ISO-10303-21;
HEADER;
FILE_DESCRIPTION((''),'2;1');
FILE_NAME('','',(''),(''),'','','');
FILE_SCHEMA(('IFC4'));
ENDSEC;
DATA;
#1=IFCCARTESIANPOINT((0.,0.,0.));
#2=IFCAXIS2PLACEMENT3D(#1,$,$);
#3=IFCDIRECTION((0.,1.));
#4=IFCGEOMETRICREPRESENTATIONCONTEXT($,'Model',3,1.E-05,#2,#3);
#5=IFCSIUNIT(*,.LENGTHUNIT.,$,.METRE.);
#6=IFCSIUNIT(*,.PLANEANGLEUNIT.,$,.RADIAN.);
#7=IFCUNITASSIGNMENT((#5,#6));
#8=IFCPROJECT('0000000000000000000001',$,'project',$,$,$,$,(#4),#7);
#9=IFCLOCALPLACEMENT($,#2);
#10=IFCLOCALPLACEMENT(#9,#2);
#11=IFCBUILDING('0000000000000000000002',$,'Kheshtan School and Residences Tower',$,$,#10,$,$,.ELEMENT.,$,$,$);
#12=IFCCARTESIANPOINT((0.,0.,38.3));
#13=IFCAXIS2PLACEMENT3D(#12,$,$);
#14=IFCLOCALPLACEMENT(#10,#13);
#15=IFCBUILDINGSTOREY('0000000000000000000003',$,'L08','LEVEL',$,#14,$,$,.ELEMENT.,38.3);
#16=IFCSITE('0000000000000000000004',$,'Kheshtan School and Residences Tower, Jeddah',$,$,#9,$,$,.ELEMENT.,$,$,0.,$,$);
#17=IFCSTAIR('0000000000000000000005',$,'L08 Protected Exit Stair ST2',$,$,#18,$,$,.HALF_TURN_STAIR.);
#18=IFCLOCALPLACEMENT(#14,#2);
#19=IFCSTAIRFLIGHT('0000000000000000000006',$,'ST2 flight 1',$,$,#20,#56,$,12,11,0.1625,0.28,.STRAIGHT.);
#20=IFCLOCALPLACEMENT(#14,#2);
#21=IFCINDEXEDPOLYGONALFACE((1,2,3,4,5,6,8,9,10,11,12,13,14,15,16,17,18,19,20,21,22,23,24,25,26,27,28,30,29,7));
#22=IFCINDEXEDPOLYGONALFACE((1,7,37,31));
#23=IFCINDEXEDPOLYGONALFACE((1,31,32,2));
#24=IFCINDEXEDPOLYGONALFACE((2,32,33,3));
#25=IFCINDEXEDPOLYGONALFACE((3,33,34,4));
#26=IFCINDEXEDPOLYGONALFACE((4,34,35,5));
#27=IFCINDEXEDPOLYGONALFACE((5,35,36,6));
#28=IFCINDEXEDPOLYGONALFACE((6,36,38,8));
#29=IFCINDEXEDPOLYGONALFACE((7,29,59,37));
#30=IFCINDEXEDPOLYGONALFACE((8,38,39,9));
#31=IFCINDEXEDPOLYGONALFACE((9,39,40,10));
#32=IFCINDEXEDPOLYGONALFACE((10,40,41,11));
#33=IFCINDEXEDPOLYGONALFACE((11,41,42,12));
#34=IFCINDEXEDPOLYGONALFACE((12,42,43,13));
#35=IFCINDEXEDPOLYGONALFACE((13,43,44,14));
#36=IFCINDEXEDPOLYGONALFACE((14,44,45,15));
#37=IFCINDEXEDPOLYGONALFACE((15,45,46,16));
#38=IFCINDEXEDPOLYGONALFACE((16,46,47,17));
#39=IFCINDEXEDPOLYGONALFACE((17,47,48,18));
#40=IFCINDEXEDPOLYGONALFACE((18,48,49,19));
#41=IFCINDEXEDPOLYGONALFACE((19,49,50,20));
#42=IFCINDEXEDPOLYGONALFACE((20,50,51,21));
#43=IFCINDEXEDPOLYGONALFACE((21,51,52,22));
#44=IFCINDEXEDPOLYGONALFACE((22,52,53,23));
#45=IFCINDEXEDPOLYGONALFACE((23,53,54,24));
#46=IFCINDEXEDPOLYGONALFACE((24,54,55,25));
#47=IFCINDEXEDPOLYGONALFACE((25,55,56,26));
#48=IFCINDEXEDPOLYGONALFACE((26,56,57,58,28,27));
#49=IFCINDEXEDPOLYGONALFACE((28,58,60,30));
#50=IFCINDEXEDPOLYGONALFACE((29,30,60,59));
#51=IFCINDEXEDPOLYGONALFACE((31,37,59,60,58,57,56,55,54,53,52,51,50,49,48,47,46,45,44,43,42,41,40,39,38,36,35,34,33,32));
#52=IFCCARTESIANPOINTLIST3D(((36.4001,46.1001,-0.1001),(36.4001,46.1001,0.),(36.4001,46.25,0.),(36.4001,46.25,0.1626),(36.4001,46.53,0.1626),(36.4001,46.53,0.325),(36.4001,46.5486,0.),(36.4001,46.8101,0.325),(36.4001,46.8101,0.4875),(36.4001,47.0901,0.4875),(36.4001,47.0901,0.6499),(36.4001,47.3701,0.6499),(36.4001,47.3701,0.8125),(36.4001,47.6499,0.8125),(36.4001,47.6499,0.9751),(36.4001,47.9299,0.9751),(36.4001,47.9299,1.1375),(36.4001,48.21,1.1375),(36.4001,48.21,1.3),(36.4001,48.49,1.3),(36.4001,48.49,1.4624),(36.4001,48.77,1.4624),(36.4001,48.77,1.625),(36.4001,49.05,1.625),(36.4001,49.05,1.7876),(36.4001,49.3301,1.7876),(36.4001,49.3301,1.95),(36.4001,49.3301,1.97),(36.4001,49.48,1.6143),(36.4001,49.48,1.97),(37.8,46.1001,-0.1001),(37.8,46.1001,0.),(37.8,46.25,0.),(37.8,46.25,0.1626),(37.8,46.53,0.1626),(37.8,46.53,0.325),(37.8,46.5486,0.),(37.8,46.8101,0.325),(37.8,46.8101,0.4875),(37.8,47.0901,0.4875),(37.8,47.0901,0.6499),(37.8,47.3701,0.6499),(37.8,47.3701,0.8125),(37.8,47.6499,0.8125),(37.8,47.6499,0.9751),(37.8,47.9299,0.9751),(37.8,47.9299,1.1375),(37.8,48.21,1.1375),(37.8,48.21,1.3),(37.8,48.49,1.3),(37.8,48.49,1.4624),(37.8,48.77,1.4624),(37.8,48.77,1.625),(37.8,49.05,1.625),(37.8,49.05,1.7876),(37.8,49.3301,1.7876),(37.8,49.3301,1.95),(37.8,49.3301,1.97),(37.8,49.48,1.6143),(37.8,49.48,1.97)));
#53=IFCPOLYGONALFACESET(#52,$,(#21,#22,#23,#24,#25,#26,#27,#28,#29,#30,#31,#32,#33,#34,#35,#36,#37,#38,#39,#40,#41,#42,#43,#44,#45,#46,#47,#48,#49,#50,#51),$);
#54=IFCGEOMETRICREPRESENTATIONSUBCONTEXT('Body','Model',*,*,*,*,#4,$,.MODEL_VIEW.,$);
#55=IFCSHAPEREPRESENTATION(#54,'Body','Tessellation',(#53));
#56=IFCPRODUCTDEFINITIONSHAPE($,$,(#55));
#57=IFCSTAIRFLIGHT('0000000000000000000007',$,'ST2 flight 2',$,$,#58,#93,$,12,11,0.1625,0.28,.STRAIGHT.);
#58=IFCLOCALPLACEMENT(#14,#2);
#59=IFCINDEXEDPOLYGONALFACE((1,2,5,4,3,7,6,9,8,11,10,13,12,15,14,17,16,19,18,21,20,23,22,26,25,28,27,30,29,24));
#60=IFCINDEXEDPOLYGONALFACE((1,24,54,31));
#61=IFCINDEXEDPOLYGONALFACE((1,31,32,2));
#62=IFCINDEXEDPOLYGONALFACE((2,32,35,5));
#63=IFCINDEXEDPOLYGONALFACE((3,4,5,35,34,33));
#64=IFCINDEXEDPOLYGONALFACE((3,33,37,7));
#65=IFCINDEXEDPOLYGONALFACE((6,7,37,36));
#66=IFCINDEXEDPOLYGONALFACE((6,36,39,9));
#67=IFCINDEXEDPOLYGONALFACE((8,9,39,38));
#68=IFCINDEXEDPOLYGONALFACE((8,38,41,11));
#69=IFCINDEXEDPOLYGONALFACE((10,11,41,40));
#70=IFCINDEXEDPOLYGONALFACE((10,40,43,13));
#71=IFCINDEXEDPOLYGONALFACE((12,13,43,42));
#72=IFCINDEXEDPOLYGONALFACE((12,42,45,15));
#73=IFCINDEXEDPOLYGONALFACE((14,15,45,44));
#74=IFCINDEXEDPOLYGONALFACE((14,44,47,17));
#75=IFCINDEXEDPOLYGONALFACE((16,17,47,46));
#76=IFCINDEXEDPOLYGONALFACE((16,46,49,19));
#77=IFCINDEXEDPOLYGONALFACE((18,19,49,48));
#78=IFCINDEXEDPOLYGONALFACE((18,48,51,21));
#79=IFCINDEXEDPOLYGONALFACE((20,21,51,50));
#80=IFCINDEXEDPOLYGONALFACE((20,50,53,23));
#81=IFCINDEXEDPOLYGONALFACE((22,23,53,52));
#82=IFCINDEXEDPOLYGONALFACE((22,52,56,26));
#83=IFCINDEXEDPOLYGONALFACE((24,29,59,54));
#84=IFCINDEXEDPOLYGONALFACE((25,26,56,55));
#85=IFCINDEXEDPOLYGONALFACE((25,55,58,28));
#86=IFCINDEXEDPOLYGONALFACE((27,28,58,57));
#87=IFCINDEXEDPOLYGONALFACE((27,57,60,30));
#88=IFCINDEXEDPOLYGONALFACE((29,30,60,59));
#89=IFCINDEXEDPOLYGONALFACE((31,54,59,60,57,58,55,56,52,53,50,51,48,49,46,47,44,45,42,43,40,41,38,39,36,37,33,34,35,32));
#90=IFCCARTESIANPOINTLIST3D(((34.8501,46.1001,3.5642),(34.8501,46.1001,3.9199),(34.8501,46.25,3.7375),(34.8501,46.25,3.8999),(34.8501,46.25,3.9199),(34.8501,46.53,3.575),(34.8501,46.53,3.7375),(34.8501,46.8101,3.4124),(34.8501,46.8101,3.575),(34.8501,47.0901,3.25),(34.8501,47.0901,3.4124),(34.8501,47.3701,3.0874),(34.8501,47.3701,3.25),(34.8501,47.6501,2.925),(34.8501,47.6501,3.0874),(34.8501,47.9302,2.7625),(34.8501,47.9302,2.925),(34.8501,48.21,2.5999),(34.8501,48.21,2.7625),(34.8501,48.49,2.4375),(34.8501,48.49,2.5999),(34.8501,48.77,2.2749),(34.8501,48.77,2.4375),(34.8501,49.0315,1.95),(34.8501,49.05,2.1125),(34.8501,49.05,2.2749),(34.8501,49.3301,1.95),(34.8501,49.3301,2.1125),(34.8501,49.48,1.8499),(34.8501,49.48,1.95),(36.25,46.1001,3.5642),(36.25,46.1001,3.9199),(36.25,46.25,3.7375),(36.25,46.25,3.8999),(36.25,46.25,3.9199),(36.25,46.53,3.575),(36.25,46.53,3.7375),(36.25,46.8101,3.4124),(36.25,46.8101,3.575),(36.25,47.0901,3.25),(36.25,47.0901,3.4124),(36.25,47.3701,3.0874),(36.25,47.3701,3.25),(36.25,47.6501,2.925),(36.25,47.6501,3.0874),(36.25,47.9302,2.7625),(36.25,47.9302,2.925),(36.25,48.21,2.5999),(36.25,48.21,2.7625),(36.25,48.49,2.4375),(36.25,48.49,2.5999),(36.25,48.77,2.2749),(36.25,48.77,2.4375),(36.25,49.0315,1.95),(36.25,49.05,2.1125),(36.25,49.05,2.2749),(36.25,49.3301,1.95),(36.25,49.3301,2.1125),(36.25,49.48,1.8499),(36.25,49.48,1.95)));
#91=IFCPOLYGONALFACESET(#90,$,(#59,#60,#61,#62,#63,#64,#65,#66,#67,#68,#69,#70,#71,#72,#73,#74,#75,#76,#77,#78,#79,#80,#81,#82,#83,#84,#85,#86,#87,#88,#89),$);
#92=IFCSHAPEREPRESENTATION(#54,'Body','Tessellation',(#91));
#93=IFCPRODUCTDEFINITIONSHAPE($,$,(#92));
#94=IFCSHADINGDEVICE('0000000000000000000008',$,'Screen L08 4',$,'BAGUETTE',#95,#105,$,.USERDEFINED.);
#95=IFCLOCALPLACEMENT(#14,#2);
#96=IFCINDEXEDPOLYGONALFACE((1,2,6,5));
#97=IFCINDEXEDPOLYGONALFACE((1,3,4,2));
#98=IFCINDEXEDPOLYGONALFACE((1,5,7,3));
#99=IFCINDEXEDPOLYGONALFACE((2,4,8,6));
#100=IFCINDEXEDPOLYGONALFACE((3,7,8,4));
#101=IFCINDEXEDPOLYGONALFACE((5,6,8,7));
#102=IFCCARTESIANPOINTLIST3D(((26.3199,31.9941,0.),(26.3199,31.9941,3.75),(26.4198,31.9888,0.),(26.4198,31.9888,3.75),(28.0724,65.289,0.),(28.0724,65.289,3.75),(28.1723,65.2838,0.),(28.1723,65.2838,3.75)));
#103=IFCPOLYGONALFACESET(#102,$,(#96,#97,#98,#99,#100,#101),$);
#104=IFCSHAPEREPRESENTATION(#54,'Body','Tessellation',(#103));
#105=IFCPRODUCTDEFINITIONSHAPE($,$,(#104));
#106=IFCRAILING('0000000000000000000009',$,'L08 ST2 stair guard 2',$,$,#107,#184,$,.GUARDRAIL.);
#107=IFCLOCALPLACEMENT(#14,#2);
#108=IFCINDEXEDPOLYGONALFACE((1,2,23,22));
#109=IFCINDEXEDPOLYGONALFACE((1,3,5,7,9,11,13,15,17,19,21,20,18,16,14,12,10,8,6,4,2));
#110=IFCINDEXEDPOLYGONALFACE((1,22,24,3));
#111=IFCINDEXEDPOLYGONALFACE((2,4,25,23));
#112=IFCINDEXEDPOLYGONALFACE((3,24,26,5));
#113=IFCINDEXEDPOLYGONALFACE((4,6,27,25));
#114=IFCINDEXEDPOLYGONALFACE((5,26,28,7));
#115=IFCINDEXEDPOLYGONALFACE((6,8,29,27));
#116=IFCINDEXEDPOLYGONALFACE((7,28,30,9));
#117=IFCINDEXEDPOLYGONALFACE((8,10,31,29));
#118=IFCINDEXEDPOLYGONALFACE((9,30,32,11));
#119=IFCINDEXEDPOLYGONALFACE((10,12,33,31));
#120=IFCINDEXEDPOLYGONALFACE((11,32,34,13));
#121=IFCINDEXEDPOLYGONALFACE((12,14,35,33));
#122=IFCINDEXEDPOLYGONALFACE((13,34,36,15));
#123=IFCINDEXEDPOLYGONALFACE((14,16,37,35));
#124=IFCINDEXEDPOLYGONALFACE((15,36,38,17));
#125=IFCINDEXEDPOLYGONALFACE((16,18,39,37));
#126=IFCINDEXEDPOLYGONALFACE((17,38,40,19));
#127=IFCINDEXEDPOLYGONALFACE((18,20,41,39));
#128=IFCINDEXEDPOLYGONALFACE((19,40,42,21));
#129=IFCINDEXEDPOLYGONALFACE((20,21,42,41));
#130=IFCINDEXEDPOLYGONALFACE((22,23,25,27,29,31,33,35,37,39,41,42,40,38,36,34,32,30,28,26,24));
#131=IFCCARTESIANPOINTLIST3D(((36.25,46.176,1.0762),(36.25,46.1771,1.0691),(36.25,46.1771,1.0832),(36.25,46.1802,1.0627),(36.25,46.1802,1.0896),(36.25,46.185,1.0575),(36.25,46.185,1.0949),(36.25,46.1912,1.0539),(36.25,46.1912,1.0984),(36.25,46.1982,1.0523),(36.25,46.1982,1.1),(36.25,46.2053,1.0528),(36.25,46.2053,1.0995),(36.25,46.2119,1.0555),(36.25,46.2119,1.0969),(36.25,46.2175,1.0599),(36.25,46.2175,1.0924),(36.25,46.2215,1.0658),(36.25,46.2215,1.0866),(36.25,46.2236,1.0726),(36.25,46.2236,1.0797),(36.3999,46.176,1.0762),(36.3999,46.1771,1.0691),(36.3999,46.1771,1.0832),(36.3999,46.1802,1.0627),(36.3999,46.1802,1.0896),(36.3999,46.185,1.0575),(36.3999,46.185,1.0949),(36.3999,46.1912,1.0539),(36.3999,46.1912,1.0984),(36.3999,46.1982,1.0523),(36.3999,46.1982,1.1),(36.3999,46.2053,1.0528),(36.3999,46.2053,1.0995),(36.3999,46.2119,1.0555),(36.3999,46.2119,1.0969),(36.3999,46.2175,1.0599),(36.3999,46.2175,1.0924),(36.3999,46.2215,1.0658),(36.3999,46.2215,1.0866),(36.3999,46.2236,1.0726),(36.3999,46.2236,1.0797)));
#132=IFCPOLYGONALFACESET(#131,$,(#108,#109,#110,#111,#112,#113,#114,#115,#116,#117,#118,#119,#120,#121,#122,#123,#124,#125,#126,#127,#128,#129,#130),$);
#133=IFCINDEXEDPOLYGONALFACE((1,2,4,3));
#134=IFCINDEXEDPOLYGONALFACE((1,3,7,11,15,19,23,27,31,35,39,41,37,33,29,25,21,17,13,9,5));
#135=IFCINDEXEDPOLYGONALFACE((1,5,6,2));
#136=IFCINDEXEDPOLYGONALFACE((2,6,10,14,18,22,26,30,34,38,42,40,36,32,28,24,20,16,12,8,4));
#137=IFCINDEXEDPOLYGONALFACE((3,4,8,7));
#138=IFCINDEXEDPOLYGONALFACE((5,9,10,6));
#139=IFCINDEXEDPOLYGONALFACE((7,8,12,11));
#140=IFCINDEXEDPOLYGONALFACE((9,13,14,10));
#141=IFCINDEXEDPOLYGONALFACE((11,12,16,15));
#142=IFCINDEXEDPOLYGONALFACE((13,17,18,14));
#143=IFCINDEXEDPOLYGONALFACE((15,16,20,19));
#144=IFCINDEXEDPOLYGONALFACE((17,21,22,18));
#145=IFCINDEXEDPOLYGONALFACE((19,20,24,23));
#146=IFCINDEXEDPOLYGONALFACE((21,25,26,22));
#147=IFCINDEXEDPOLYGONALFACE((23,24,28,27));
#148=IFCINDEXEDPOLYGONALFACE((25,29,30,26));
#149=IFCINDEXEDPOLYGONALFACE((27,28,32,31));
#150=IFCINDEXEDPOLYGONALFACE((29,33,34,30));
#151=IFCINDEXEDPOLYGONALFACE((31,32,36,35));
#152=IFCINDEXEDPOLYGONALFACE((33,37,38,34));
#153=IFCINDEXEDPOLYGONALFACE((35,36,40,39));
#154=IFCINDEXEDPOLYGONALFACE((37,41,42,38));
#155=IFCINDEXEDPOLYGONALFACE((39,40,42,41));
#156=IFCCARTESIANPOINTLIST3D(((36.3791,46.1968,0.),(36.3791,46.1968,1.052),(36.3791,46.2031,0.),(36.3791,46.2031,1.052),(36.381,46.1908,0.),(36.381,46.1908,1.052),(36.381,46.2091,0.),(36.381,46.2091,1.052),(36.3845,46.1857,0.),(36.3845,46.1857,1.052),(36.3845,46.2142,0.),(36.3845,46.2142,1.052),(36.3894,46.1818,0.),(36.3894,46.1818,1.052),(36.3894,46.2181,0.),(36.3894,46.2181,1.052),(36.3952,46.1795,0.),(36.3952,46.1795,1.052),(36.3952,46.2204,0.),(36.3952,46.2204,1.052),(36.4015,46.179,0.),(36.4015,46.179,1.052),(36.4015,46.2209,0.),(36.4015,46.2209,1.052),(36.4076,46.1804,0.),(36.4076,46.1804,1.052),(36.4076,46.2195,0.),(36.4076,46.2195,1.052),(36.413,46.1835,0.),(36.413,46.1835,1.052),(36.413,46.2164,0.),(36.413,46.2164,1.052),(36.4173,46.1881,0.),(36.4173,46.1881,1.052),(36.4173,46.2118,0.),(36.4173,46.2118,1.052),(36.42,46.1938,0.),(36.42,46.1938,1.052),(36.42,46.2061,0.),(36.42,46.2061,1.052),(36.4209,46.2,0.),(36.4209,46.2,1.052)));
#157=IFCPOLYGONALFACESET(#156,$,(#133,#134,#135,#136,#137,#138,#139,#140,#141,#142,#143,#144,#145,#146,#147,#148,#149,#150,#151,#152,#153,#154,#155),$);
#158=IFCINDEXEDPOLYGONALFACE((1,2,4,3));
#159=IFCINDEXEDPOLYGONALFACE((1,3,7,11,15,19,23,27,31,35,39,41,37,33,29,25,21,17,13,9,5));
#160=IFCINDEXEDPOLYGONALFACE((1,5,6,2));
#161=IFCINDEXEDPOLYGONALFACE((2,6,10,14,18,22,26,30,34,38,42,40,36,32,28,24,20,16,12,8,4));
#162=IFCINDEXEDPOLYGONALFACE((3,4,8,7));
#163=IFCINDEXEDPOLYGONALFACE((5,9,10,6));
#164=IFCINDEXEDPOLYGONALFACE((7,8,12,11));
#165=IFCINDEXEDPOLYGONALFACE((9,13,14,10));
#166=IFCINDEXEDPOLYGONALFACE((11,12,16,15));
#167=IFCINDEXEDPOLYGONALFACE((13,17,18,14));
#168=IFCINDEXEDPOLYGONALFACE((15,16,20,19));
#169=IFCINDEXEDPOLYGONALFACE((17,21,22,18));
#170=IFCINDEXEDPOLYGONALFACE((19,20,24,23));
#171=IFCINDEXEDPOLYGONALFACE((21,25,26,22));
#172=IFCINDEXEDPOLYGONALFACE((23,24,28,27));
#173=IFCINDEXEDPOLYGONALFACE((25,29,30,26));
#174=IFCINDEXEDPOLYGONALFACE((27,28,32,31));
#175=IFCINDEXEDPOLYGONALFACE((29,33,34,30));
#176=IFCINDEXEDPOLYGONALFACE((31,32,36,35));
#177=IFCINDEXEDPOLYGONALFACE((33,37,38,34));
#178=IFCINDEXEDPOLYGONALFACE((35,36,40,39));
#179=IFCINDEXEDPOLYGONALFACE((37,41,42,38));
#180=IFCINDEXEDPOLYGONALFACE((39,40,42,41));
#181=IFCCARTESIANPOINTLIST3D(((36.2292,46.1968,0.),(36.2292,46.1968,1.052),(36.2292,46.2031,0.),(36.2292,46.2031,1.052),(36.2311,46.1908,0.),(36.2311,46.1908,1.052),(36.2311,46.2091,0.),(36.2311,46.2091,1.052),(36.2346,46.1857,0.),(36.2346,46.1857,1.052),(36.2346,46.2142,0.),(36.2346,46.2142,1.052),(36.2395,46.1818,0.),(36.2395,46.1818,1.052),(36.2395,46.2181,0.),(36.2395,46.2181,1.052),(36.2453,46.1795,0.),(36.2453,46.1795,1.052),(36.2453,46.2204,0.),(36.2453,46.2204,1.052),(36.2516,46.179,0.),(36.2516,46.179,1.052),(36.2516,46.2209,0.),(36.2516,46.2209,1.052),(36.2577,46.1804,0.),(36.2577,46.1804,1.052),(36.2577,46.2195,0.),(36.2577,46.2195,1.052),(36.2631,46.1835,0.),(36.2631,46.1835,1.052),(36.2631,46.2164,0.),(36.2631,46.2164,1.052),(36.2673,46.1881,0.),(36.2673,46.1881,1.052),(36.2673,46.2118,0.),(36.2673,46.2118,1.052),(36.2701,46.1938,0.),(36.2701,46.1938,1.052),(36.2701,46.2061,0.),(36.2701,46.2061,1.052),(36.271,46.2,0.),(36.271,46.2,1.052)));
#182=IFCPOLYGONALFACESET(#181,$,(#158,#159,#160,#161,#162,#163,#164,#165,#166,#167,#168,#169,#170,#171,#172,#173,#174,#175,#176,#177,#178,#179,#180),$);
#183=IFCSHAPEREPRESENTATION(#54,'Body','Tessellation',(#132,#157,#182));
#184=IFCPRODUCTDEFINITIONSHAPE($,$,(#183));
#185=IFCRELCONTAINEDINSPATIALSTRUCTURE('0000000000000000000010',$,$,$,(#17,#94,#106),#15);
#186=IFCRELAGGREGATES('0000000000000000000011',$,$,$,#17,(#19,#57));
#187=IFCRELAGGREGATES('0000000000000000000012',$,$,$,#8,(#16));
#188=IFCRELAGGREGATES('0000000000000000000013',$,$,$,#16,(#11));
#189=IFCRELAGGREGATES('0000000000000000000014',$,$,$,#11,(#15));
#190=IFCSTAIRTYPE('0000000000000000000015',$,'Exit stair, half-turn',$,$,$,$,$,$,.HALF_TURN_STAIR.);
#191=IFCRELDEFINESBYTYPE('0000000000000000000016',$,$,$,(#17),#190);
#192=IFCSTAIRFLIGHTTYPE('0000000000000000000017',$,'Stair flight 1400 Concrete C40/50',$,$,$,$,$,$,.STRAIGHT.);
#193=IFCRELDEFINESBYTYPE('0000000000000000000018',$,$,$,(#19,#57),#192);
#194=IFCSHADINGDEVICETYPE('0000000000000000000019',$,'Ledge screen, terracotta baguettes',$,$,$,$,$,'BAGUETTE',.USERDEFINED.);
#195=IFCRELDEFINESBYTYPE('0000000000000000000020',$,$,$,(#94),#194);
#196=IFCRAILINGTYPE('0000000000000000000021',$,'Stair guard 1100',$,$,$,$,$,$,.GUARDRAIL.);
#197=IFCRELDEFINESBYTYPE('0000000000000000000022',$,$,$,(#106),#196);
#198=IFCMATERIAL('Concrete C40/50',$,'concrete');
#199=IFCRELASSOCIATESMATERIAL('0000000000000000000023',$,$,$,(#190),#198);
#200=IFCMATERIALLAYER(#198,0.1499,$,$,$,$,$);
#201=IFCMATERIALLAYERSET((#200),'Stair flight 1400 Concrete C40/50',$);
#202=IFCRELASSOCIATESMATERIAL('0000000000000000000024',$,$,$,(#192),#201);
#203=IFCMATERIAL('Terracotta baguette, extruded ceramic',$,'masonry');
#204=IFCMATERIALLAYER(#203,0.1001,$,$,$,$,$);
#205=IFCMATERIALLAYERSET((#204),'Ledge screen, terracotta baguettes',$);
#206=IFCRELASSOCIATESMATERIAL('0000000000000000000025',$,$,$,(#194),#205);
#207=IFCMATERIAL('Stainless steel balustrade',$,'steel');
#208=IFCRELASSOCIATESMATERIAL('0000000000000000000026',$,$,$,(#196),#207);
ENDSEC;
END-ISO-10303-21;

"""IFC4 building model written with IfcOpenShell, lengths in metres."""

from ifc_helpers import new_model, si_unit, direction, frame, origin, origin_2d, place, context, subcontext, project, spatial, polyline, rectangle, circle, outline, extrude, material, layer, layer_set, type_object, element, aggregate, save


model = new_model("IFC4")

# Units and contexts
model_context = context("Model", 3, precision=1e-05, world=origin(), true_north=direction((0.0, 1.0)))
body_context = subcontext(model_context, "Body", "Model", "MODEL_VIEW")
ifc_project = project(units=[si_unit("LENGTHUNIT", "METRE"), si_unit("PLANEANGLEUNIT", "RADIAN")], contexts=[model_context])

# Site, building, storey
site_placement = place(None, origin())
site = spatial("IfcSite", under=ifc_project, at=site_placement, Name="Kheshtan School and Residences Tower, Jeddah", CompositionType="ELEMENT", RefElevation=0.0)
building_placement = place(site_placement, origin())
building = spatial("IfcBuilding", under=site, at=building_placement, Name="Kheshtan School and Residences Tower", CompositionType="ELEMENT")
storey_placement = place(building_placement, frame((0.0, 0.0, 38.3)))
storey = spatial("IfcBuildingStorey", under=building, at=storey_placement, Name="L08", Description="LEVEL", CompositionType="ELEMENT", Elevation=38.3)

# Shared definitions
ifc_material_1 = material(Name="Concrete C40/50", Category="concrete")

# Stair, stair flights
stair_type = type_object("IfcStairType", Name="Exit stair, half-turn", PredefinedType="HALF_TURN_STAIR", material=ifc_material_1)
stair_placement = place(storey_placement, origin())
stair = element("IfcStair", 1, at=stair_placement, inside=storey, type_object=stair_type, Name="L08 Protected Exit Stair ST2", PredefinedType="HALF_TURN_STAIR")
ifc_layer_1 = layer(ifc_material_1, 0.1499)
ifc_layer_set_1 = layer_set([ifc_layer_1], Name="Stair flight 1400 Concrete C40/50")
stair_flight_type = type_object("IfcStairFlightType", Name="Stair flight 1400 Concrete C40/50", PredefinedType="STRAIGHT", material=ifc_layer_set_1)
stair_flight_1_placement = place(storey_placement, frame((37.1001, 46.25, 0.0), z_axis=(0.0, 0.0, 1.0), x_axis=(0.0, 1.0, 0.0)))
stair_flight_1 = element("IfcStairFlight", 2, at=stair_flight_1_placement, type_object=stair_flight_type, Name="ST2 flight 1", NumberOfRisers=12, NumberOfTreads=11, PredefinedType="STRAIGHT", RiserHeight=0.1625, TreadLength=0.28, context=body_context, shape_type="SweptSolid", body=[
    extrude(outline(polyline([(-0.1499, -0.1001), (-0.1499, 0.0), (0.0, 0.0), (0.0, 0.1626), (0.28, 0.1626), (0.28, 0.325), (0.5601, 0.325), (0.5601, 0.4875), (0.8401, 0.4875), (0.8401, 0.6499), (1.1201, 0.6499), (1.1201, 0.8125), (1.3999, 0.8125), (1.3999, 0.9751), (1.6799, 0.9751), (1.6799, 1.1375), (1.96, 1.1375), (1.96, 1.3), (2.24, 1.3), (2.24, 1.4624), (2.52, 1.4624), (2.52, 1.625), (2.8, 1.625), (2.8, 1.7876), (3.0801, 1.7876), (3.0801, 1.95), (3.0801, 1.97), (3.23, 1.97), (3.23, 1.6143), (0.2986, 0.0), (-0.1499, -0.1001)])), frame((0.0, 0.7, 0.0), z_axis=(0.0, -1.0, 0.0), x_axis=(1.0, 0.0, 0.0)), (0.0, 0.0, 1.0), 1.3999),
])
stair_flight_2_placement = place(storey_placement, frame((35.55, 49.3301, 1.95), z_axis=(0.0, 0.0, 1.0), x_axis=(0.0, -1.0, 0.0)))
stair_flight_2 = element("IfcStairFlight", 3, at=stair_flight_2_placement, type_object=stair_flight_type, Name="ST2 flight 2", NumberOfRisers=12, NumberOfTreads=11, PredefinedType="STRAIGHT", RiserHeight=0.1625, TreadLength=0.28, context=body_context, shape_type="SweptSolid", body=[
    extrude(outline(polyline([(-0.1499, -0.1001), (-0.1499, 0.0), (0.0, 0.0), (0.0, 0.1626), (0.28, 0.1626), (0.28, 0.325), (0.5601, 0.325), (0.5601, 0.4875), (0.8401, 0.4875), (0.8401, 0.6499), (1.1201, 0.6499), (1.1201, 0.8125), (1.3999, 0.8125), (1.3999, 0.9751), (1.6799, 0.9751), (1.6799, 1.1375), (1.96, 1.1375), (1.96, 1.3), (2.24, 1.3), (2.24, 1.4624), (2.52, 1.4624), (2.52, 1.625), (2.8, 1.625), (2.8, 1.7876), (3.0801, 1.7876), (3.0801, 1.95), (3.0801, 1.97), (3.23, 1.97), (3.23, 1.6143), (0.2986, 0.0), (-0.1499, -0.1001)])), frame((0.0, 0.7, 0.0), z_axis=(0.0, -1.0, 0.0), x_axis=(1.0, 0.0, 0.0)), (0.0, 0.0, 1.0), 1.3999),
])
aggregate(stair, [stair_flight_1, stair_flight_2])

# Shading device
ifc_material_2 = material(Name="Terracotta baguette, extruded ceramic", Category="masonry")
ifc_layer_2 = layer(ifc_material_2, 0.1001)
ifc_layer_set_2 = layer_set([ifc_layer_2], Name="Ledge screen, terracotta baguettes")
shading_device_type = type_object("IfcShadingDeviceType", Name="Ledge screen, terracotta baguettes", ElementType="BAGUETTE", PredefinedType="USERDEFINED", material=ifc_layer_set_2)
shading_device_placement = place(storey_placement, frame((27.2461, 48.6389, 0.0), z_axis=(0.0, 0.0, 1.0), x_axis=(0.052563, 0.998618, 0.0)))
element("IfcShadingDevice", 4, at=shading_device_placement, inside=storey, type_object=shading_device_type, Name="Screen L08 4", ObjectType="BAGUETTE", PredefinedType="USERDEFINED", context=body_context, shape_type="SweptSolid", body=[
    extrude(rectangle(XDim=33.3411, YDim=0.1001, at=origin_2d()), origin(), (0.0, 0.0, 1.0), 3.75),
])

# Railing
ifc_material_3 = material(Name="Stainless steel balustrade", Category="steel")
railing_type_1 = type_object("IfcRailingType", Name="Stair guard 1100", PredefinedType="GUARDRAIL", material=ifc_material_3)
railing_1_placement = place(storey_placement, frame((36.3999, 46.2, 0.0)))
element("IfcRailing", 5, at=railing_1_placement, inside=storey, type_object=railing_type_1, Name="L08 ST2 stair guard 2", PredefinedType="GUARDRAIL", context=body_context, shape_type="SweptSolid", body=[
    extrude(circle(Radius=0.0239, at=origin_2d()), frame((0.0, 0.0, 1.0762), z_axis=(-1.0, 0.0, 0.0), x_axis=(0.0, -1.0, 0.0)), (0.0, 0.0, 1.0), 0.1499),
    extrude(circle(Radius=0.021, at=origin_2d()), origin(), (0.0, 0.0, 1.0), 1.052),
    extrude(circle(Radius=0.021, at=origin_2d()), frame((-0.1499, 0.0, 0.0)), (0.0, 0.0, 1.0), 1.052),
])

save(model, "model.ifc")
